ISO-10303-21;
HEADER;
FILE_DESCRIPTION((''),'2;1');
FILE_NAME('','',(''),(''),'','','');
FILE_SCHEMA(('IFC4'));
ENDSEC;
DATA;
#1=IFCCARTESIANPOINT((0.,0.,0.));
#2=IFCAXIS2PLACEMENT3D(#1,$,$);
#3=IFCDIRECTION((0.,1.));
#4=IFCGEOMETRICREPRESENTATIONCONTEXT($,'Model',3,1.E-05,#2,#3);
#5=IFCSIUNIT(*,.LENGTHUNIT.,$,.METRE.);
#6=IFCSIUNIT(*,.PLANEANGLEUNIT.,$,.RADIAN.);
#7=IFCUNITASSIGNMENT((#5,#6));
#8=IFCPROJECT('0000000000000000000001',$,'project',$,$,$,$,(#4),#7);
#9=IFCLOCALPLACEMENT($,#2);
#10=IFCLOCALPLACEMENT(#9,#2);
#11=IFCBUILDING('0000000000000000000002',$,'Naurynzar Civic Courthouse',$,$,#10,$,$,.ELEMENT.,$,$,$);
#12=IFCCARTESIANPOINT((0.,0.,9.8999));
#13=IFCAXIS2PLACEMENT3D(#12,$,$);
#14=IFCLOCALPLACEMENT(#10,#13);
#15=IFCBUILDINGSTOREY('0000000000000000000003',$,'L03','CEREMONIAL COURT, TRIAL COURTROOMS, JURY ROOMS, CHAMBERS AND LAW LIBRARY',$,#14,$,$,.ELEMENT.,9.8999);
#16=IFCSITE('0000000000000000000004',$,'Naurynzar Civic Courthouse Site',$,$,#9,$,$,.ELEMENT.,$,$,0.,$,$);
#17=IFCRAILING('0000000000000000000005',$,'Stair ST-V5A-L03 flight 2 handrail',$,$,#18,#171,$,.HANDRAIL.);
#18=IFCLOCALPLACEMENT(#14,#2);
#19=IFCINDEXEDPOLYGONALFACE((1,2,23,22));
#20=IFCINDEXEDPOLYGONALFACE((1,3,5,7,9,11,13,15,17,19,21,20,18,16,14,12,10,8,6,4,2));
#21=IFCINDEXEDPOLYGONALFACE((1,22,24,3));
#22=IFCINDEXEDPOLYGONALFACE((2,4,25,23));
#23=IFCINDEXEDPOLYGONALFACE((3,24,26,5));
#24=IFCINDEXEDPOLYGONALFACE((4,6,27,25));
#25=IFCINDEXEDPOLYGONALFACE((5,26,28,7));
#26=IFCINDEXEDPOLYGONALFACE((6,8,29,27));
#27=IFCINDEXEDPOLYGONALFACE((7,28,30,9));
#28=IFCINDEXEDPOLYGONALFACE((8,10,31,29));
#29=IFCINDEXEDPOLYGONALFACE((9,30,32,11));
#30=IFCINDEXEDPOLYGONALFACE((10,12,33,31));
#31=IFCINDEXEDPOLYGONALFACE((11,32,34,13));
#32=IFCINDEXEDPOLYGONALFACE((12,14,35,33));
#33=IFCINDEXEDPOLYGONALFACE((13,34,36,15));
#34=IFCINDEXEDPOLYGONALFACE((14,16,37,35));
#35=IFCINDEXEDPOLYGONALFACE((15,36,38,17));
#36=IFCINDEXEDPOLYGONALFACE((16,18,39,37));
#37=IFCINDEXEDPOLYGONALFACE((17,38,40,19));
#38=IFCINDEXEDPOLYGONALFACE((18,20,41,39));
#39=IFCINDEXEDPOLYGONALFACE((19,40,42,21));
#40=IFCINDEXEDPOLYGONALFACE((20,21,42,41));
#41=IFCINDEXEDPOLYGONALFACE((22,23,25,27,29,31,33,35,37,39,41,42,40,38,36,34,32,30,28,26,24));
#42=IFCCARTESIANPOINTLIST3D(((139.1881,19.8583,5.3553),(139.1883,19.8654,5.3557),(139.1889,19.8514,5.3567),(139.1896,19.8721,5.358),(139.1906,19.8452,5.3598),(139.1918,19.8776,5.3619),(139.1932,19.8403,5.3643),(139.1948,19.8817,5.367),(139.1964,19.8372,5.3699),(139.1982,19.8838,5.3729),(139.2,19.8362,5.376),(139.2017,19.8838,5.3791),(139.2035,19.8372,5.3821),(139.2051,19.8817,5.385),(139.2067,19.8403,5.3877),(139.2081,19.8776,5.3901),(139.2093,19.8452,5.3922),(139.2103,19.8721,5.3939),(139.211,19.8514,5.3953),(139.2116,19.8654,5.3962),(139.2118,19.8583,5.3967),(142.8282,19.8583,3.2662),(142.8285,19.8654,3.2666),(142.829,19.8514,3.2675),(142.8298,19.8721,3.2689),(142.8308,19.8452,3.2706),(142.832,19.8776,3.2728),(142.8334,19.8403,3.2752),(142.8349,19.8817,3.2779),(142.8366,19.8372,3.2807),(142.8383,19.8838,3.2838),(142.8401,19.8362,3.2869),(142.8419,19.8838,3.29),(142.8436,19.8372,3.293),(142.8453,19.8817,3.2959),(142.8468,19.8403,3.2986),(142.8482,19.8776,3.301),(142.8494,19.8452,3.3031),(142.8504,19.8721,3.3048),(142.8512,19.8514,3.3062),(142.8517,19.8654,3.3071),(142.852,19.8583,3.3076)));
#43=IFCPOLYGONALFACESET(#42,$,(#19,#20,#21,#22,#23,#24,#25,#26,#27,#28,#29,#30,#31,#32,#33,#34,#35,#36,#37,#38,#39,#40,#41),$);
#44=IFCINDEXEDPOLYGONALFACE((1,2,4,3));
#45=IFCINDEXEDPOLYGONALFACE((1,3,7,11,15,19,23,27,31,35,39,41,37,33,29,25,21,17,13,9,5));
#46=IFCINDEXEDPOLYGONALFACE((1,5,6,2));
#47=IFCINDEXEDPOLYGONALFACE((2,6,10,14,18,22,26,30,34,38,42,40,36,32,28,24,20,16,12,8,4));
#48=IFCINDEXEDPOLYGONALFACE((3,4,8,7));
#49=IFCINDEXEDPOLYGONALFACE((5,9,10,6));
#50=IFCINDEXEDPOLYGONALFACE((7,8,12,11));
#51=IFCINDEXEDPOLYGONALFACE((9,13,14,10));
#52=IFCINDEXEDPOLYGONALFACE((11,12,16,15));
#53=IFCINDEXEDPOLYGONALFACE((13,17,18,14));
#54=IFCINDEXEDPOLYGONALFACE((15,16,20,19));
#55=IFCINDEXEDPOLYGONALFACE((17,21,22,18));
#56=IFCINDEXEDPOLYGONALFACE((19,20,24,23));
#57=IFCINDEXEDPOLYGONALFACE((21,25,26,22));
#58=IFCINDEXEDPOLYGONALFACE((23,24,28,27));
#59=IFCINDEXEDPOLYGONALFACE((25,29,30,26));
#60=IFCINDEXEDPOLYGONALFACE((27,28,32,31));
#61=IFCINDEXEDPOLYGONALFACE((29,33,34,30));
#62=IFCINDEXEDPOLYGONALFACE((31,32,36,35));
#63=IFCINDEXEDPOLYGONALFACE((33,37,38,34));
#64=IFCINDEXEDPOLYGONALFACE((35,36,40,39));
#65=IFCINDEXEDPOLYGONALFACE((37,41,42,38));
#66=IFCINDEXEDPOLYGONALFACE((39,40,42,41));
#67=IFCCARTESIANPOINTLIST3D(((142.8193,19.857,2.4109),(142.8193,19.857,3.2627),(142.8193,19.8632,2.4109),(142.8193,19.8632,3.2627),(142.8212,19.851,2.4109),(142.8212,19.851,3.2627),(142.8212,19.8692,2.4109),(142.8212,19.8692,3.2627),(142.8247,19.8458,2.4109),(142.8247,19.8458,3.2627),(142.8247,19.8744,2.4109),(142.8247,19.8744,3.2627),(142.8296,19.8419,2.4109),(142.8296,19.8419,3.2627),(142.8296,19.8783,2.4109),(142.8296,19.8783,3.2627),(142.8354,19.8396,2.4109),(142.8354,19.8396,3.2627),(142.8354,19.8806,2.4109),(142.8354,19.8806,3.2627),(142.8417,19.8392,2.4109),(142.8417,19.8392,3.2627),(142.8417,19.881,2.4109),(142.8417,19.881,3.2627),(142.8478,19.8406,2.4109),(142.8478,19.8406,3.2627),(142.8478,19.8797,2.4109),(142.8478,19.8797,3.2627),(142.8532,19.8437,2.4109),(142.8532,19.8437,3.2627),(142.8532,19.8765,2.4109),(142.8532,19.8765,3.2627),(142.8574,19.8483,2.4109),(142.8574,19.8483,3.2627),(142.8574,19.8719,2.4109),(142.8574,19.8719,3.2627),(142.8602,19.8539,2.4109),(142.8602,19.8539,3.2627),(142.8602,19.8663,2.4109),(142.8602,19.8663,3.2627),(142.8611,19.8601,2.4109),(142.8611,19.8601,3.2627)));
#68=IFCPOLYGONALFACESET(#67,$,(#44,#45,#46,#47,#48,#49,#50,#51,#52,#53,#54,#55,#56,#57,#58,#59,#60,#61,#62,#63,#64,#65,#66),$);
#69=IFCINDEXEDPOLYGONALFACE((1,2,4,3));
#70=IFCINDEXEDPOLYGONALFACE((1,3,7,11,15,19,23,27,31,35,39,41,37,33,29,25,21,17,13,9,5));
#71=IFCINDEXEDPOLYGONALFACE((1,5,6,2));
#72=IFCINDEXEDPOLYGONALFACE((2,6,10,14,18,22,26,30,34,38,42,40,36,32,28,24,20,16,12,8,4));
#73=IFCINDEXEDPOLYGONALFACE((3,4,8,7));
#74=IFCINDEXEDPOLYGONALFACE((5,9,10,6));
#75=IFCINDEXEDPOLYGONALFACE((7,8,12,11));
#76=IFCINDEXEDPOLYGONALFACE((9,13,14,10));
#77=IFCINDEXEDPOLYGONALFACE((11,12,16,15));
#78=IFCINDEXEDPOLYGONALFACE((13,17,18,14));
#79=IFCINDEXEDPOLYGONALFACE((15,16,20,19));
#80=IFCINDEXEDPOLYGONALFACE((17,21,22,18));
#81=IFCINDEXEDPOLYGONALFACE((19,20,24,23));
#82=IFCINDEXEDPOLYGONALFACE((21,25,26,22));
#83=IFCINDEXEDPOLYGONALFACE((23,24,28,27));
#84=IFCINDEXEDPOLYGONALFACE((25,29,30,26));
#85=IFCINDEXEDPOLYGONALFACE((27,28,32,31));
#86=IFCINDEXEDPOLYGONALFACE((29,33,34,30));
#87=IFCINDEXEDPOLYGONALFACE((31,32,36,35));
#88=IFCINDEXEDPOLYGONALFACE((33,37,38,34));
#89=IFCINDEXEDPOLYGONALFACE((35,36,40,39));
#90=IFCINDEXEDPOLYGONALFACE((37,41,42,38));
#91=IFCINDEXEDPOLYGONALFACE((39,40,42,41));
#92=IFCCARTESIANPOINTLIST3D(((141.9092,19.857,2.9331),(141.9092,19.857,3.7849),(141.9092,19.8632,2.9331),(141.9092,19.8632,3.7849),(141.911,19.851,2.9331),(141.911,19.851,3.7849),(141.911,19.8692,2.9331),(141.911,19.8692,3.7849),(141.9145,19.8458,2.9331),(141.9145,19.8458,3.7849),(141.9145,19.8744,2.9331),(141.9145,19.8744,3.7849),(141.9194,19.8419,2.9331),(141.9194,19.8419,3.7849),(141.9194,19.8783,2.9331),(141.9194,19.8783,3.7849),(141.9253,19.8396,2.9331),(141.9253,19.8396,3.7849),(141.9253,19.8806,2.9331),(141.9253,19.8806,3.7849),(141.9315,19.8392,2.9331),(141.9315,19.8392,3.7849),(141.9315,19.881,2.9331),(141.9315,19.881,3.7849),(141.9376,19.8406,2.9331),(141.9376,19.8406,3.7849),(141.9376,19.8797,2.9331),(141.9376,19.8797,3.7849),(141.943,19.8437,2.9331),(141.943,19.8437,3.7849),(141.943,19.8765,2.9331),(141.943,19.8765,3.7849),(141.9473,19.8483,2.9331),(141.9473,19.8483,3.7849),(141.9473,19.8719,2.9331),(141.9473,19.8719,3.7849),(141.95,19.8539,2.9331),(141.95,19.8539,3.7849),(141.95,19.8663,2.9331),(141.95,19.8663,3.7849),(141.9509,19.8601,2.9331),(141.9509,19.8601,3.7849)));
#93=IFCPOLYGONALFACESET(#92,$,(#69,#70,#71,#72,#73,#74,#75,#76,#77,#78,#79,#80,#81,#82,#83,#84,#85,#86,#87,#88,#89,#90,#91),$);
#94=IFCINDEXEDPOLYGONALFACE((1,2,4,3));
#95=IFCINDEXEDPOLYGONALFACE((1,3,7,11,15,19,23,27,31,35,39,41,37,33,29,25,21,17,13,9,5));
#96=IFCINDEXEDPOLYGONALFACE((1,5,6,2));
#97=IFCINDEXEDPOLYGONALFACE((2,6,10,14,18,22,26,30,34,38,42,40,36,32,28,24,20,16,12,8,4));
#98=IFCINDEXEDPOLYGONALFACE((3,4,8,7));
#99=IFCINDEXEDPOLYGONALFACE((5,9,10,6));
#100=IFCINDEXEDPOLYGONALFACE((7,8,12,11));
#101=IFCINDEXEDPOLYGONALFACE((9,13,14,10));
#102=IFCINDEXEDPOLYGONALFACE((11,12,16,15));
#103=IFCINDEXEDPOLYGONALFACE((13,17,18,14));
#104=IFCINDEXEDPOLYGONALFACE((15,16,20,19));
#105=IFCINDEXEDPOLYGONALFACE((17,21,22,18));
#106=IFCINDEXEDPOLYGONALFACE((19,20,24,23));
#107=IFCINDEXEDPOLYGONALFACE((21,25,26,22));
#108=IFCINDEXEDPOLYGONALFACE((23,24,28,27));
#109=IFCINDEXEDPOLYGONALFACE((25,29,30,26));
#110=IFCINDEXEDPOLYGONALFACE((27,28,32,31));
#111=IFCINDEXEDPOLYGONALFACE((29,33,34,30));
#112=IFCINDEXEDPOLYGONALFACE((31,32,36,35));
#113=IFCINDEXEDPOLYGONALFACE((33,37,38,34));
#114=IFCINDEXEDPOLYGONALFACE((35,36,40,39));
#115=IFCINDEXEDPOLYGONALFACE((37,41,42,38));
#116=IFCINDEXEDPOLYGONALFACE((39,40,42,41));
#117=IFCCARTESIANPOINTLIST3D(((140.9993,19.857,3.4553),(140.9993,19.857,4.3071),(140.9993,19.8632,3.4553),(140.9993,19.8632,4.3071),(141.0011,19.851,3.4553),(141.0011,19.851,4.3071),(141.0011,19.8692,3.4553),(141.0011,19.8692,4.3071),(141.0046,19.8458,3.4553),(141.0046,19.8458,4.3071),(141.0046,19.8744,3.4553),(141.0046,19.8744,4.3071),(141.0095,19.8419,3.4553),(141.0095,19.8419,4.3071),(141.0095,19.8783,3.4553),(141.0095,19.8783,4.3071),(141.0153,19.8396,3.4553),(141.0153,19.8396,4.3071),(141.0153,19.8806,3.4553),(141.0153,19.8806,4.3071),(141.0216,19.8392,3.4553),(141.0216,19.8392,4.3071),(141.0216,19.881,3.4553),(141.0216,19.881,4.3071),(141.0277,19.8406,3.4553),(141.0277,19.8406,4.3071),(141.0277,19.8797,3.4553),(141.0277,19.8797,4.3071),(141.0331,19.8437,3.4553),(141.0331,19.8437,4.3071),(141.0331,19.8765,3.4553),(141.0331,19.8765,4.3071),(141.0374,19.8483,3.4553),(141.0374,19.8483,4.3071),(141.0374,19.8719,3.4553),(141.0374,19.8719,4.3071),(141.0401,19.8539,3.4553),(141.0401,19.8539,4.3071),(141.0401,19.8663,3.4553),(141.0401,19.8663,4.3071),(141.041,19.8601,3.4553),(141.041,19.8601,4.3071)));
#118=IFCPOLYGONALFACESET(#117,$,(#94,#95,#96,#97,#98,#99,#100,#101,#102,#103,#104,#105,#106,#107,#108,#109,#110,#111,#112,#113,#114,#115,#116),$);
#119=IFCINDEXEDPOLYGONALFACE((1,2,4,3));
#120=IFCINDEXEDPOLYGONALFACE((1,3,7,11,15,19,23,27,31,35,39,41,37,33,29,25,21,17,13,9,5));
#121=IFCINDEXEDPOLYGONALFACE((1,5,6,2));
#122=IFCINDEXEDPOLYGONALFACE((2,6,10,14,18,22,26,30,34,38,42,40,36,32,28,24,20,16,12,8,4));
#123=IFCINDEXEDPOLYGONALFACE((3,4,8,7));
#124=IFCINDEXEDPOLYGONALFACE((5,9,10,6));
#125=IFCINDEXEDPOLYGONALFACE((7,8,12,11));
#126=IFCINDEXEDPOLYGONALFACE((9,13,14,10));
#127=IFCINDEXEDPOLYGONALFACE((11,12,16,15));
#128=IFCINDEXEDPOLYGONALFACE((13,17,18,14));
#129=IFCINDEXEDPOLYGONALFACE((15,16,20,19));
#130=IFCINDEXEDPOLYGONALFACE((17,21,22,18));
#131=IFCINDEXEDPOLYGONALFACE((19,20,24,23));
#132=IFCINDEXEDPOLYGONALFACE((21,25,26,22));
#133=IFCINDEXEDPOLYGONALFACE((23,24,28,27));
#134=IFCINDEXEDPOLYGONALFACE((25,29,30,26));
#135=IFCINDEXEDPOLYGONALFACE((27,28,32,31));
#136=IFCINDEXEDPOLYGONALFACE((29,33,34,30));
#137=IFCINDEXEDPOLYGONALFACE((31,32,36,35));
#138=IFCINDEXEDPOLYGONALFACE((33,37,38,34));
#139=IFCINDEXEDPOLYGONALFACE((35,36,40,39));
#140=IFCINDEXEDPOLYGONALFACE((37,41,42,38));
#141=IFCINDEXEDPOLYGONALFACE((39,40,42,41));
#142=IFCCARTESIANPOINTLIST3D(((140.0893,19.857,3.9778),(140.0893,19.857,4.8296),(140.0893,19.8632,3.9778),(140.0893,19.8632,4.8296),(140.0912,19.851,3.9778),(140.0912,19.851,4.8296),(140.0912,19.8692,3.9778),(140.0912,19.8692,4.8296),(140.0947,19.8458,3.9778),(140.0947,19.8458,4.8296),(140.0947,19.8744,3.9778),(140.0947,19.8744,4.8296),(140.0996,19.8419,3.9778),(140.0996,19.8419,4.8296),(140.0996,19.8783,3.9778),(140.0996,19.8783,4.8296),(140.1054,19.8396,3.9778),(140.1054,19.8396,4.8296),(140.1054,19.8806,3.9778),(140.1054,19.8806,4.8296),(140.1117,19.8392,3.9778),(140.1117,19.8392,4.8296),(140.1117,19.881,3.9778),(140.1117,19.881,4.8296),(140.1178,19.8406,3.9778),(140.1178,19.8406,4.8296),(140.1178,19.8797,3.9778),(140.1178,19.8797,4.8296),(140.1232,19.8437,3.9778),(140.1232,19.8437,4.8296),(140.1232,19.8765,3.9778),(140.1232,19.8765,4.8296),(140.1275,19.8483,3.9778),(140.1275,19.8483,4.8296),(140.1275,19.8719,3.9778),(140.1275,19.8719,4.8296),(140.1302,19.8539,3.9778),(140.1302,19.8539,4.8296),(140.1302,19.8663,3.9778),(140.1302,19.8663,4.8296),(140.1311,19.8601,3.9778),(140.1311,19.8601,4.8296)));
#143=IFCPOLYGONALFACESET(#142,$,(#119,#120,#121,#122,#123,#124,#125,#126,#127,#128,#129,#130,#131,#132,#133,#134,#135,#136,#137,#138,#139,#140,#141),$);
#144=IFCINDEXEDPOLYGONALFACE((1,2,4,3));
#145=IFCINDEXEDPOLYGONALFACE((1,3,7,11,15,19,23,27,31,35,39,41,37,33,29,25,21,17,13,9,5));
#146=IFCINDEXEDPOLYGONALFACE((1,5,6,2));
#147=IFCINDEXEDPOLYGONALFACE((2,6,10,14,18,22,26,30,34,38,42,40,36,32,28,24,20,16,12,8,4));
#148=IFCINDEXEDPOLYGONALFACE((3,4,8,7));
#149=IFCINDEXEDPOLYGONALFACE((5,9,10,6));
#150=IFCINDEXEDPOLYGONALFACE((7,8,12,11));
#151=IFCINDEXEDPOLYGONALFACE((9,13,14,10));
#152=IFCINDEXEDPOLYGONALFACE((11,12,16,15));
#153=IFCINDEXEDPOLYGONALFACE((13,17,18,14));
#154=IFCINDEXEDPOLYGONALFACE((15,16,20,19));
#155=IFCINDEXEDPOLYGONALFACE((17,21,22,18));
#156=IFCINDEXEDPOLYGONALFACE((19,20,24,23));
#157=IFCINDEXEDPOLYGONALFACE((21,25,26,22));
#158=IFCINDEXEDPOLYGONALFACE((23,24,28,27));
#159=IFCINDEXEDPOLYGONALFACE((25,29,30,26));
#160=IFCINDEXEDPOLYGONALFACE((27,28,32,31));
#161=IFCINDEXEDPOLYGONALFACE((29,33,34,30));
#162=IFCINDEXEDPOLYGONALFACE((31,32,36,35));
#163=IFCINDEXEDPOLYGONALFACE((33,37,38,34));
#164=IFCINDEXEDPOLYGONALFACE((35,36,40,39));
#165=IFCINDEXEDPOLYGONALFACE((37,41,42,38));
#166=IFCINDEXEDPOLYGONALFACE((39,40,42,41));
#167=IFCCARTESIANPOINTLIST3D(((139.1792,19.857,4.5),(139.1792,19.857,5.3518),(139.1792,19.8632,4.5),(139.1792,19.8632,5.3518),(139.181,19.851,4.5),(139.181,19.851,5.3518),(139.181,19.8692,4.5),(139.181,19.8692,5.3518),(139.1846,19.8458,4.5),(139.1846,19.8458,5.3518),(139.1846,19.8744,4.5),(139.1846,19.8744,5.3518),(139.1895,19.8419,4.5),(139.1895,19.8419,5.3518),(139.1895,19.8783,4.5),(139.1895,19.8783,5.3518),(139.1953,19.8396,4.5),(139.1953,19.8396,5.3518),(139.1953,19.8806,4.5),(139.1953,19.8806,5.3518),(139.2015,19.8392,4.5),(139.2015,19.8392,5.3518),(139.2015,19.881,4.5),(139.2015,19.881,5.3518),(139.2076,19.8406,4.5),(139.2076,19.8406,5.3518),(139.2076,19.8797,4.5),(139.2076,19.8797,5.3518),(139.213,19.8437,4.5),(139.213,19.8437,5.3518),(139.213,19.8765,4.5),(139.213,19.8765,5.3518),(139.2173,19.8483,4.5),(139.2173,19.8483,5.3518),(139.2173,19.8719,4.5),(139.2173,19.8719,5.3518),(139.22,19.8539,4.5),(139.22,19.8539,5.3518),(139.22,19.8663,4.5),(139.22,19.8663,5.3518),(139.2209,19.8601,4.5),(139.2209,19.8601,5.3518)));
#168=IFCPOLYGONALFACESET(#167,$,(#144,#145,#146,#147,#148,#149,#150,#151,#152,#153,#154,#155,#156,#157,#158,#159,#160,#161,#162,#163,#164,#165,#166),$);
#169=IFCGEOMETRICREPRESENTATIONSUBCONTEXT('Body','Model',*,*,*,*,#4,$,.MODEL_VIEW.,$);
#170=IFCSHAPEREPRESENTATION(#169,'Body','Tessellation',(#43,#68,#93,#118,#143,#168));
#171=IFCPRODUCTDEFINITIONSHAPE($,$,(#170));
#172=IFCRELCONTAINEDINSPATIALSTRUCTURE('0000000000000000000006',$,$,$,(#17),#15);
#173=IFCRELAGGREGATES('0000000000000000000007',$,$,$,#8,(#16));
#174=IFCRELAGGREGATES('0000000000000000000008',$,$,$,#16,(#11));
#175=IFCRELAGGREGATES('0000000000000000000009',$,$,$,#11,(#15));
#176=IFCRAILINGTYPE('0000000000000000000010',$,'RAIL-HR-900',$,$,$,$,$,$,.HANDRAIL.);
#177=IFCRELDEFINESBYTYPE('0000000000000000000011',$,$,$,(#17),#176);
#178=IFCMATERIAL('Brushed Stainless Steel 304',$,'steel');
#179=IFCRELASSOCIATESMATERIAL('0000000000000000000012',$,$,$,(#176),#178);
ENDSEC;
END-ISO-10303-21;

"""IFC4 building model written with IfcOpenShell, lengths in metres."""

from ifc_helpers import new_model, si_unit, direction, frame, origin, origin_2d, place, context, subcontext, project, spatial, circle, extrude, material, type_object, element, save


model = new_model("IFC4")

# Units and contexts
model_context = context("Model", 3, precision=1e-05, world=origin(), true_north=direction((0.0, 1.0)))
body_context = subcontext(model_context, "Body", "Model", "MODEL_VIEW")
ifc_project = project(units=[si_unit("LENGTHUNIT", "METRE"), si_unit("PLANEANGLEUNIT", "RADIAN")], contexts=[model_context])

# Site, building, storey
site_placement = place(None, origin())
site = spatial("IfcSite", under=ifc_project, at=site_placement, Name="Naurynzar Civic Courthouse Site", CompositionType="ELEMENT", RefElevation=0.0)
building_placement = place(site_placement, origin())
building = spatial("IfcBuilding", under=site, at=building_placement, Name="Naurynzar Civic Courthouse", CompositionType="ELEMENT")
storey_placement = place(building_placement, frame((0.0, 0.0, 9.8999)))
storey = spatial("IfcBuildingStorey", under=building, at=storey_placement, Name="L03", Description="CEREMONIAL COURT, TRIAL COURTROOMS, JURY ROOMS, CHAMBERS AND LAW LIBRARY", CompositionType="ELEMENT", Elevation=9.8999)

# Railing
ifc_material_1 = material(Name="Brushed Stainless Steel 304", Category="steel")
railing_type_1 = type_object("IfcRailingType", Name="RAIL-HR-900", PredefinedType="HANDRAIL", material=ifc_material_1)
railing_1_placement = place(storey_placement, frame((142.8401, 19.8601, 2.4109)))
element("IfcRailing", 1, at=railing_1_placement, inside=storey, type_object=railing_type_1, Name="Stair ST-V5A-L03 flight 2 handrail", PredefinedType="HANDRAIL", context=body_context, shape_type="SweptSolid", body=[
    extrude(circle(Radius=0.0239, at=origin_2d()), frame((0.0, 0.0, 0.876), z_axis=(-0.867314, 0.0, 0.497761), x_axis=(0.0, -1.0, 0.0)), (0.0, 0.0, 1.0), 4.197),
    extrude(circle(Radius=0.021, at=origin_2d()), origin(), (0.0, 0.0, 1.0), 0.8518),
    extrude(circle(Radius=0.021, at=origin_2d()), frame((-0.9102, 0.0, 0.5222)), (0.0, 0.0, 1.0), 0.8518),
    extrude(circle(Radius=0.021, at=origin_2d()), frame((-1.8201, 0.0, 1.0444)), (0.0, 0.0, 1.0), 0.8518),
    extrude(circle(Radius=0.021, at=origin_2d()), frame((-2.73, 0.0, 1.5669)), (0.0, 0.0, 1.0), 0.8518),
    extrude(circle(Radius=0.021, at=origin_2d()), frame((-3.6401, 0.0, 2.0891)), (0.0, 0.0, 1.0), 0.8518),
])

save(model, "model.ifc")
